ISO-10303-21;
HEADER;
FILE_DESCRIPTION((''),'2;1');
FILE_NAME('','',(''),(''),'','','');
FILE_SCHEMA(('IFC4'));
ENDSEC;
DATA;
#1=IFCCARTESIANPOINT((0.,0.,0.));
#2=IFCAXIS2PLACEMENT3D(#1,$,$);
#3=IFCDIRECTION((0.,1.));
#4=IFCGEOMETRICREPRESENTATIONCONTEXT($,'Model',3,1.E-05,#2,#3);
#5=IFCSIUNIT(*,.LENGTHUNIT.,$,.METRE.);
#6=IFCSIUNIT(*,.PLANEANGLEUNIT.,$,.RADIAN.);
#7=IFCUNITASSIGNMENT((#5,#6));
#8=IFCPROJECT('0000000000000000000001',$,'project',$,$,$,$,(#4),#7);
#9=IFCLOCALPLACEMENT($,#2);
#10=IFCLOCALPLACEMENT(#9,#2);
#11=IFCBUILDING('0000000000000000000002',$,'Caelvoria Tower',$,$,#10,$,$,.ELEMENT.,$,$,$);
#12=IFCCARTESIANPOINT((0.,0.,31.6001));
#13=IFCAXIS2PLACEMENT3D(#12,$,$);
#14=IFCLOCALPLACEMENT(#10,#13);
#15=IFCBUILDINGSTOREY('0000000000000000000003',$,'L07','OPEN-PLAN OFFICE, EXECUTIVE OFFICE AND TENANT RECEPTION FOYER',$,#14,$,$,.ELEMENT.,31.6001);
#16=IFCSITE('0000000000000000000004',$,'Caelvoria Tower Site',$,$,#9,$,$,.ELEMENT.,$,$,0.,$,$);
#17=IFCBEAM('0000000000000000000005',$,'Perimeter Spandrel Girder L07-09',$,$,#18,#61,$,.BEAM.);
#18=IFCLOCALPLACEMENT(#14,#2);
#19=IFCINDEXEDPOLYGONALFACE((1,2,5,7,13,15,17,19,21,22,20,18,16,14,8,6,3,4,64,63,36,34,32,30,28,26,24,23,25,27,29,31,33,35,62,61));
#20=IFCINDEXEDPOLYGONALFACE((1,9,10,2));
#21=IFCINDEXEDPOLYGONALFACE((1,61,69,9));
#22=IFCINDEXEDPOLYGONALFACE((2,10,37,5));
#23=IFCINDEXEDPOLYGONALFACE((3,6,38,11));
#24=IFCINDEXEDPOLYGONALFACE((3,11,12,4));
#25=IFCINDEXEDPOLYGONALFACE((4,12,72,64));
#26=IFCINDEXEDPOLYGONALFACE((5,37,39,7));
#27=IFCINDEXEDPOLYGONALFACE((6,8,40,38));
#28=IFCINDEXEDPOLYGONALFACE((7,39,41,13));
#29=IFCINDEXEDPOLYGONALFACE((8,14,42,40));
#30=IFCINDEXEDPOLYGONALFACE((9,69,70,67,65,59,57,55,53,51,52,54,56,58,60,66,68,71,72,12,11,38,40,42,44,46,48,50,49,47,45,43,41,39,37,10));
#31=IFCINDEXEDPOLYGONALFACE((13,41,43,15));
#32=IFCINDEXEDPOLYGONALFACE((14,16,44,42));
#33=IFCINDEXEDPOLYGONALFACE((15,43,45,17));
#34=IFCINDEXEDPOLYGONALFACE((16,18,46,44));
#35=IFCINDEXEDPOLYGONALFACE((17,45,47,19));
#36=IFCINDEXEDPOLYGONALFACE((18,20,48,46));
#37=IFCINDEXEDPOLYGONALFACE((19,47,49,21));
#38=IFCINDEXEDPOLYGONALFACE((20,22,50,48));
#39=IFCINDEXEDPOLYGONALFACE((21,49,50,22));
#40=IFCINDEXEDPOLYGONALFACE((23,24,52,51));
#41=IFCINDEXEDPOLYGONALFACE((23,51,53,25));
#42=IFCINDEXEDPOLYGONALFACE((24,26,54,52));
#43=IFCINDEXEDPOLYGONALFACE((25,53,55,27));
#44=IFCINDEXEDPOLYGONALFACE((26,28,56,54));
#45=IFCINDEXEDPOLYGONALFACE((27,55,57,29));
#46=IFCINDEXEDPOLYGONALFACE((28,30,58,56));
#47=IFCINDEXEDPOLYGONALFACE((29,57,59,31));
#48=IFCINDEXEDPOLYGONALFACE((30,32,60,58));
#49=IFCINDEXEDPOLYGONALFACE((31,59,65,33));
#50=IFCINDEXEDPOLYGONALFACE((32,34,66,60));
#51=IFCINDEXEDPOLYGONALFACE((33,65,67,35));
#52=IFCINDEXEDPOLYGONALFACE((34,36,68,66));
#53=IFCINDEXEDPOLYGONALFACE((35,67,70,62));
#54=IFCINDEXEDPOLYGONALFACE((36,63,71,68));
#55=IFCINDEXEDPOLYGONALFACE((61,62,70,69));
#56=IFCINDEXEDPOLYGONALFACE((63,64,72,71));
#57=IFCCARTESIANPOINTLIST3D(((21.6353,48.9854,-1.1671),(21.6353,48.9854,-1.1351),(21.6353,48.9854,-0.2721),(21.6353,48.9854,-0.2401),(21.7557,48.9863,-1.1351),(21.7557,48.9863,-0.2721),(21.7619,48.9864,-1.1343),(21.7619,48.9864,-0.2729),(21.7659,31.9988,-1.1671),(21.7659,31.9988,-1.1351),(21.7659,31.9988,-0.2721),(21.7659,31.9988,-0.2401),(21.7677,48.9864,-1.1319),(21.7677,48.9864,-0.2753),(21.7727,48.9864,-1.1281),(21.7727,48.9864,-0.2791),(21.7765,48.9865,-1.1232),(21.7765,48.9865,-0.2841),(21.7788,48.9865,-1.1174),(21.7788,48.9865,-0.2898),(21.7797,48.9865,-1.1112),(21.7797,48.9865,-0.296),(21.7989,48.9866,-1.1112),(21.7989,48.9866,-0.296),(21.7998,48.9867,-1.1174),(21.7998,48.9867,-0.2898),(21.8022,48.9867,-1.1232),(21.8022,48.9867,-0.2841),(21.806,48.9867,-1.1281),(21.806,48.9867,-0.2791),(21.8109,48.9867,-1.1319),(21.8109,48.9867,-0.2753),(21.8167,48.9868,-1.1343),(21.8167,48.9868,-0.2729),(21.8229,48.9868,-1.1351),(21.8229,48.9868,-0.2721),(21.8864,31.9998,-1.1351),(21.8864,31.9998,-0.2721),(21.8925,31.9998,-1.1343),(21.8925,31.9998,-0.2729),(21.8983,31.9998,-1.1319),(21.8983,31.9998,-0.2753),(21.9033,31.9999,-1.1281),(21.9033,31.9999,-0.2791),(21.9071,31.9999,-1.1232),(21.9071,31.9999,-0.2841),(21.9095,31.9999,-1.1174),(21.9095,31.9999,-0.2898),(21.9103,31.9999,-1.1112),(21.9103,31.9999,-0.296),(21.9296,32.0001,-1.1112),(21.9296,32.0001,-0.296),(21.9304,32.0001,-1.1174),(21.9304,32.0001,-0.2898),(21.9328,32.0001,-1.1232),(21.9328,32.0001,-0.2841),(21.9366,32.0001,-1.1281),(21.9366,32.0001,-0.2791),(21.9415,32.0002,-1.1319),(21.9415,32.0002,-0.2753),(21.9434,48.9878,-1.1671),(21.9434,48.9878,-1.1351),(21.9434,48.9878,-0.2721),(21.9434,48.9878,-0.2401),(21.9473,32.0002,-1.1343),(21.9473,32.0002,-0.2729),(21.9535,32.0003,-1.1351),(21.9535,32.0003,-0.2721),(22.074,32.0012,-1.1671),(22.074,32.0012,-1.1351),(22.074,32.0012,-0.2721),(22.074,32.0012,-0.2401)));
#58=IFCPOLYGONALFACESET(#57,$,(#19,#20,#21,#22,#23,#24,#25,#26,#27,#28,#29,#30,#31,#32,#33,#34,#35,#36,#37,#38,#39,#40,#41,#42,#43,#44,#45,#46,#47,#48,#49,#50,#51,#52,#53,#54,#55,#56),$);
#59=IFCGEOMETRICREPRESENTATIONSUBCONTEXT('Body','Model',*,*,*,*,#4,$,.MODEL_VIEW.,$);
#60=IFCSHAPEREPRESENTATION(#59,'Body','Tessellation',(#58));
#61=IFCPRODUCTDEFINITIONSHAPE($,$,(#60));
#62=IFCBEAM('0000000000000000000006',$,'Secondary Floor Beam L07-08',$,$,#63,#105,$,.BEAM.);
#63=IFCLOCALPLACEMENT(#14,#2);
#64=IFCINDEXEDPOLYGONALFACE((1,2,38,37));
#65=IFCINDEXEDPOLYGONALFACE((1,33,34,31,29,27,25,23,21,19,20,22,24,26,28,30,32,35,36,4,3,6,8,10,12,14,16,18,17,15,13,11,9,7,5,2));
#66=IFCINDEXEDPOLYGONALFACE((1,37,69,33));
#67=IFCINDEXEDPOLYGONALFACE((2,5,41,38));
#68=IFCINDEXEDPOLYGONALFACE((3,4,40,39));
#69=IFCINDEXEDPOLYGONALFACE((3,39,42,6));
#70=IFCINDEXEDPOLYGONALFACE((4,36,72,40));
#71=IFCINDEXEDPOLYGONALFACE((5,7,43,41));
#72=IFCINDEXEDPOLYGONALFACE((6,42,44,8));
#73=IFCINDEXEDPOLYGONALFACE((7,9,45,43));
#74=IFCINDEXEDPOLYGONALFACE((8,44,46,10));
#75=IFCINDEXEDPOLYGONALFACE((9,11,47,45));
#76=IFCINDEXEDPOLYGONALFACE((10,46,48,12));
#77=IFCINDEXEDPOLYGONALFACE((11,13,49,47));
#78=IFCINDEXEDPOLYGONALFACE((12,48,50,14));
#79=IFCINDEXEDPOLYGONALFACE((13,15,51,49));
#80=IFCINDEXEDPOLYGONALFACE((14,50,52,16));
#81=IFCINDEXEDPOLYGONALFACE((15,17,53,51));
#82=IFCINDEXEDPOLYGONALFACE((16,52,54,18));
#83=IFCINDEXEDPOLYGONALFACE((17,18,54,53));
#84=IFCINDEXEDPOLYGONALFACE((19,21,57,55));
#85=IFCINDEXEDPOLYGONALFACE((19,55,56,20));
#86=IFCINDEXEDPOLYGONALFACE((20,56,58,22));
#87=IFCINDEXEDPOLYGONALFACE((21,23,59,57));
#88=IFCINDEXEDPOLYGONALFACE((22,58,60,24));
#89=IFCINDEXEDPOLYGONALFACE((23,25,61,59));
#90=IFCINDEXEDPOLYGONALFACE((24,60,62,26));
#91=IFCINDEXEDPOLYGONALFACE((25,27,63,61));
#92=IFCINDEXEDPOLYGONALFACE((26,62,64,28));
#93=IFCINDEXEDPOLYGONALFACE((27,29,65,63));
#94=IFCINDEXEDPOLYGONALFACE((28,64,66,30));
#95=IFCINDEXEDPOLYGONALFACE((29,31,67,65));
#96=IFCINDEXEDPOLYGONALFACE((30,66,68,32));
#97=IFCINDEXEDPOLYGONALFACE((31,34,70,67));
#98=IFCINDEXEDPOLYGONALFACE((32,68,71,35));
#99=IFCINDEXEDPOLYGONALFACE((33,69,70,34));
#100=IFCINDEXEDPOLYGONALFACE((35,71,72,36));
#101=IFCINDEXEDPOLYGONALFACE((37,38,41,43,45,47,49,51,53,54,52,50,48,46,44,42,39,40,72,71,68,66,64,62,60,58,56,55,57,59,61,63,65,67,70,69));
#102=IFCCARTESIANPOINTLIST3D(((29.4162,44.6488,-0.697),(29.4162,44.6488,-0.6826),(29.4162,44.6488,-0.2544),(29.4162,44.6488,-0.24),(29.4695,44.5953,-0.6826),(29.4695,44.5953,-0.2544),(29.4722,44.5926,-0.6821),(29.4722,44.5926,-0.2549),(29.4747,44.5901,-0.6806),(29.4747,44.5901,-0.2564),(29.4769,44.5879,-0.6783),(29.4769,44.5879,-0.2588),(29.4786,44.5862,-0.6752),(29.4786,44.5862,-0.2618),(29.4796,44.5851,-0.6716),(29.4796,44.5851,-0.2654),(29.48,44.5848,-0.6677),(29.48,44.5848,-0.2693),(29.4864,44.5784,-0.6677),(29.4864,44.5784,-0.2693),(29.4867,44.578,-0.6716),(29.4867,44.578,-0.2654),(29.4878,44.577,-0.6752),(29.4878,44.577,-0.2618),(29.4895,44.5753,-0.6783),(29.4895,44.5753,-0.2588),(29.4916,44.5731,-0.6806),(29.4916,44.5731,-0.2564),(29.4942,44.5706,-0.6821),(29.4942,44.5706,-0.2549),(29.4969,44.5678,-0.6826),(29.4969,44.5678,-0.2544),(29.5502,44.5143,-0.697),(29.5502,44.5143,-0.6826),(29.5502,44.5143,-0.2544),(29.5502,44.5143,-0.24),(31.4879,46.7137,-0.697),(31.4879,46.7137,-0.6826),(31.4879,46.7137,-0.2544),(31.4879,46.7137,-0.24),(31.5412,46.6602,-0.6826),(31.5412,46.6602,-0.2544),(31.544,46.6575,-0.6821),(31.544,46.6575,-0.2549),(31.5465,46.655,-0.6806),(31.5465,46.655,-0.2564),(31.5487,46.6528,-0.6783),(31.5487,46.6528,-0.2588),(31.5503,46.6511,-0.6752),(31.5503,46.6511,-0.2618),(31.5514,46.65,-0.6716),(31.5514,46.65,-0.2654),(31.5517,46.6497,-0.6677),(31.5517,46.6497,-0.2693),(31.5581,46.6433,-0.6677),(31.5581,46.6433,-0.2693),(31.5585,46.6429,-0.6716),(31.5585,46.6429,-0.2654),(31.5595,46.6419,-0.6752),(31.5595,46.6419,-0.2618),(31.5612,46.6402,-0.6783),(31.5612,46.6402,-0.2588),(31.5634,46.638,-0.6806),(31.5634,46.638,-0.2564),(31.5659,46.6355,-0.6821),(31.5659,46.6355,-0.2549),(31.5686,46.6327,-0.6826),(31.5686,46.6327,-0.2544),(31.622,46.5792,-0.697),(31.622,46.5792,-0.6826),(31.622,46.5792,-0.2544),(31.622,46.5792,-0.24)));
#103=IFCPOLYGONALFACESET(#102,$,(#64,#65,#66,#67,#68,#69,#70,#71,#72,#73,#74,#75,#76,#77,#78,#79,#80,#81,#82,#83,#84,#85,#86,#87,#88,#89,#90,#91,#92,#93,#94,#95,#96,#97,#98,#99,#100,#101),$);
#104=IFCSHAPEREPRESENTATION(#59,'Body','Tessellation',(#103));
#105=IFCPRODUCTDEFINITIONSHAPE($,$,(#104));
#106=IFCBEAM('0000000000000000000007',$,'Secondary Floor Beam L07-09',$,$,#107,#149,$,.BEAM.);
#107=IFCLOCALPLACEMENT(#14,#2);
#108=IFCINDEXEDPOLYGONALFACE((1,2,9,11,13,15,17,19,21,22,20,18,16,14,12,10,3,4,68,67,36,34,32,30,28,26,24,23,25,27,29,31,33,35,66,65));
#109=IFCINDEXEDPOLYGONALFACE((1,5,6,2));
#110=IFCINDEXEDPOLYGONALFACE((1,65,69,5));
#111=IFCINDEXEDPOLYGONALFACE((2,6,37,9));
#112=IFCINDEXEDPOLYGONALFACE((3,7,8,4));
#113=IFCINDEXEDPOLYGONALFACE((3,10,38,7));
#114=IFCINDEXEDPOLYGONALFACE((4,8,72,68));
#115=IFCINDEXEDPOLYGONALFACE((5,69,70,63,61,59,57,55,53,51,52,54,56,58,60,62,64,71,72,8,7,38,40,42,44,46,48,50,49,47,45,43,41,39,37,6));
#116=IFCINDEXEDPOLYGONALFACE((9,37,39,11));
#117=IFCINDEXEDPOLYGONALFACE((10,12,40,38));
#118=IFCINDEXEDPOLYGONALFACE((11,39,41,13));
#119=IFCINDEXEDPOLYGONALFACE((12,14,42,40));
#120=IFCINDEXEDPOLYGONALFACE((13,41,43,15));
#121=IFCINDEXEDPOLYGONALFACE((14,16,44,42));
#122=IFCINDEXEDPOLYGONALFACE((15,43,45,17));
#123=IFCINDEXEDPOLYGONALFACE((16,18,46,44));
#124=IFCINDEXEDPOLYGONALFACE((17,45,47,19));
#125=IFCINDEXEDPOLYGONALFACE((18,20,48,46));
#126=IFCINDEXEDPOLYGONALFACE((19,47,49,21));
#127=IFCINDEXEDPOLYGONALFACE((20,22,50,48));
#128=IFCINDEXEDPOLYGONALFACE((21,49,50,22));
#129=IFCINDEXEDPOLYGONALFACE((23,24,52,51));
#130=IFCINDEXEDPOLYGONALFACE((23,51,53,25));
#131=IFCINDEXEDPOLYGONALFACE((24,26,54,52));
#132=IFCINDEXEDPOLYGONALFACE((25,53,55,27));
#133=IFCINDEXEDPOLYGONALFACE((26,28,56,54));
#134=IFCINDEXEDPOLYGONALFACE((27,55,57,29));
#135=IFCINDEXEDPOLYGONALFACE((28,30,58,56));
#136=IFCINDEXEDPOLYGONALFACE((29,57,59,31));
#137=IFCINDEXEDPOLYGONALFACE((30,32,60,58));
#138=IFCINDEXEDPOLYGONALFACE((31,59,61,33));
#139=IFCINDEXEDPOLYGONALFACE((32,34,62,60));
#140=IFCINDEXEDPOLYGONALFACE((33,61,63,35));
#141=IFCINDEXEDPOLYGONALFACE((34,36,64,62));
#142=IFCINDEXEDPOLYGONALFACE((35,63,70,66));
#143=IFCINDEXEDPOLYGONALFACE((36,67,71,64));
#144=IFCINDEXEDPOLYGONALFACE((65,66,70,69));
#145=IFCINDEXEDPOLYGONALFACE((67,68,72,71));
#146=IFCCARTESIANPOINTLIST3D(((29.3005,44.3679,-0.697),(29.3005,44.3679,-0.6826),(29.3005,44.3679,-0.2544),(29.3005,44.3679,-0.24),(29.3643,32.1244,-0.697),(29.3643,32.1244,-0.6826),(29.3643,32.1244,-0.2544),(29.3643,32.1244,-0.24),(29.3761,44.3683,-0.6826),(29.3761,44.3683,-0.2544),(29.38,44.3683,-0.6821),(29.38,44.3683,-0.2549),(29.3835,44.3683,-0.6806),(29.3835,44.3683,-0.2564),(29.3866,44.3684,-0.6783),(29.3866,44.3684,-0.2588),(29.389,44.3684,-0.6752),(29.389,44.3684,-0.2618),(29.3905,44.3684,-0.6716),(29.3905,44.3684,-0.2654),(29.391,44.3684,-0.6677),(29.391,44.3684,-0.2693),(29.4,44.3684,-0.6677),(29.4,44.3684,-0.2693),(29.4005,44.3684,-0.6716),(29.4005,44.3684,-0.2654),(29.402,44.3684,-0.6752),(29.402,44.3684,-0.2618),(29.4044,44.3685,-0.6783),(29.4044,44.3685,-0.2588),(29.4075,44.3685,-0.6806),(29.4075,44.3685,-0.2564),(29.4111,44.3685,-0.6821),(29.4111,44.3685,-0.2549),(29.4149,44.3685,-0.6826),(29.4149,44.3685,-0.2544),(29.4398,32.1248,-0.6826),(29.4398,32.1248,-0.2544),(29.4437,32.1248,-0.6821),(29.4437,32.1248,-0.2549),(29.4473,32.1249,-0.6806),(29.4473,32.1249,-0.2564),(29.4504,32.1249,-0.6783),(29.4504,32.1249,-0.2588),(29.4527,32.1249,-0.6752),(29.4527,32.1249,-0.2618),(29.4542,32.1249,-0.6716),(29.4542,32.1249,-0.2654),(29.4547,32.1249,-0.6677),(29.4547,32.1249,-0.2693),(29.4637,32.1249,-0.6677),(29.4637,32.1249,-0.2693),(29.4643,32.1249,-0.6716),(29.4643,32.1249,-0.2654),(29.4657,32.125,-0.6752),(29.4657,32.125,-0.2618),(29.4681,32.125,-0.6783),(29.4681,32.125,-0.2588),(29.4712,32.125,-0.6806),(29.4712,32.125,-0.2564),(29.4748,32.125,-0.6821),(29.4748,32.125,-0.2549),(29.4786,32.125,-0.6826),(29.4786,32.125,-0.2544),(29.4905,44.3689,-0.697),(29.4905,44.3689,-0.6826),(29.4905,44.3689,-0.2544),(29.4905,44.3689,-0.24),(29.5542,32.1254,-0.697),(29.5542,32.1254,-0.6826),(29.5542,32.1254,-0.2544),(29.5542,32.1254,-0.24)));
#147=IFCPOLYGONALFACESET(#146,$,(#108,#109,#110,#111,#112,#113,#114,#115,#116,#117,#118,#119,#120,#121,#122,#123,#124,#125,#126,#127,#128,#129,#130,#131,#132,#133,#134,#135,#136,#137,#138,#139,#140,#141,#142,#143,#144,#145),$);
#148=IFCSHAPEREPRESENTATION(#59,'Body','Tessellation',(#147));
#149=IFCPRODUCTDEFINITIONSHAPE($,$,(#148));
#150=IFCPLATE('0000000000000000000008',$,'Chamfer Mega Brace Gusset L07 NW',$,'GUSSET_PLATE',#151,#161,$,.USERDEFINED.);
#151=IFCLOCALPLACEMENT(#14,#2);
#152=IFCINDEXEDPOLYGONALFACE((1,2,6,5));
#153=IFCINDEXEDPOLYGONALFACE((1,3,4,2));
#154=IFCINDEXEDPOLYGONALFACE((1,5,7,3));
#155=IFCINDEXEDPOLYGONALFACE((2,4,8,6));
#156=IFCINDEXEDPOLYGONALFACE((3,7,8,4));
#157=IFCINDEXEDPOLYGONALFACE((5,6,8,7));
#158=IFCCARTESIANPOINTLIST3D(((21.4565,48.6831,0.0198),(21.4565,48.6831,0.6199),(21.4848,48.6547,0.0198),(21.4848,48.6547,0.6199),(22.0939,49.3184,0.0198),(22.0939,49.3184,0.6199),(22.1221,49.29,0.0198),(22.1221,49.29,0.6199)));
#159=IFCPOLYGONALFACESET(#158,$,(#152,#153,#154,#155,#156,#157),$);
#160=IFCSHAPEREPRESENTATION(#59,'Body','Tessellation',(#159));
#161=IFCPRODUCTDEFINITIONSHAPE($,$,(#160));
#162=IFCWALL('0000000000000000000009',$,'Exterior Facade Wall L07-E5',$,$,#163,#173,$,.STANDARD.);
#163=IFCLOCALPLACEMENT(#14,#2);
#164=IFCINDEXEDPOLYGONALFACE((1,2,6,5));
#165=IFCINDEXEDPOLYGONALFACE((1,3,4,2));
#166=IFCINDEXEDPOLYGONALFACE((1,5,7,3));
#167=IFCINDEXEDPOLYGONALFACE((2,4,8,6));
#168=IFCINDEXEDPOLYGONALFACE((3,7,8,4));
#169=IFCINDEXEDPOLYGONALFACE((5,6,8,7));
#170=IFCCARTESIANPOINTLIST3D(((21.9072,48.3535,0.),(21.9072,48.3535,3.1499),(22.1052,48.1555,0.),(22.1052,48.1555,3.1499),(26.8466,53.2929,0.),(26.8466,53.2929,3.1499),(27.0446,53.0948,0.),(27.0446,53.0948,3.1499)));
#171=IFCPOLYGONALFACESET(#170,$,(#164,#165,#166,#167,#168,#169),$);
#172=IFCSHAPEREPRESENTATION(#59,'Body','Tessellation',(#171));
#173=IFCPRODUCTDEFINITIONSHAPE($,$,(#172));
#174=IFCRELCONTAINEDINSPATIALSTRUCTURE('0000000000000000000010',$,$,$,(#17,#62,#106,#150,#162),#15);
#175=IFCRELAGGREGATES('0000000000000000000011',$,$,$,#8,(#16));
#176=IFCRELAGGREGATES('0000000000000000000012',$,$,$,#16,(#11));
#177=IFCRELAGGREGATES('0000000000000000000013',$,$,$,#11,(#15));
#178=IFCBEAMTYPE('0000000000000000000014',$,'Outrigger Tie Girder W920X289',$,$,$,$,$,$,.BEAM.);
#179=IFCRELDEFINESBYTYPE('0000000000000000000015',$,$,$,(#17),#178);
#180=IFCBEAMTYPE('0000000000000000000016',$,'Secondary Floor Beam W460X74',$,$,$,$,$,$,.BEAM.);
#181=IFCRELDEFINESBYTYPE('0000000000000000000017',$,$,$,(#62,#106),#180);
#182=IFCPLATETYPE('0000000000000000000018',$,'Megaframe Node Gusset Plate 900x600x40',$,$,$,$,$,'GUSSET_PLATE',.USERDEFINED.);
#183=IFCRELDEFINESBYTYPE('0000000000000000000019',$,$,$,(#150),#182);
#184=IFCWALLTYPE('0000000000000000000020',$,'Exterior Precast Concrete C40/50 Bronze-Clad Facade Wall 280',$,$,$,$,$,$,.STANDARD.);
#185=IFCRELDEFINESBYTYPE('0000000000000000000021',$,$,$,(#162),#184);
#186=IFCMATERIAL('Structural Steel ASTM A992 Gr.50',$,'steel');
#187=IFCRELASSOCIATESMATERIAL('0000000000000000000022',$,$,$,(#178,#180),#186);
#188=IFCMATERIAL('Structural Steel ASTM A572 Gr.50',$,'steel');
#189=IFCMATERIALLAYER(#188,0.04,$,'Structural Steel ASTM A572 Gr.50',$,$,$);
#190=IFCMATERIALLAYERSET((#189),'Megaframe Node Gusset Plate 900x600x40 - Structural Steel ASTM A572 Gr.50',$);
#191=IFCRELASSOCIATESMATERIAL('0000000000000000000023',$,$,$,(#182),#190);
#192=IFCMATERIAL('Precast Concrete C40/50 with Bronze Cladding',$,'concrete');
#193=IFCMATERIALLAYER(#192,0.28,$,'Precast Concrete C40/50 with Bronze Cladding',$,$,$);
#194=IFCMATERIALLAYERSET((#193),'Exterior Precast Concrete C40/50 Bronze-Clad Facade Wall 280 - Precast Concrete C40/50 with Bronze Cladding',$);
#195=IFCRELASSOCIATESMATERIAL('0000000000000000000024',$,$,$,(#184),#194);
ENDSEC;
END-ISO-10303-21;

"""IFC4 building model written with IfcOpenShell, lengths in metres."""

from ifc_helpers import new_model, si_unit, direction, frame, frame_2d, origin, origin_2d, place, context, subcontext, project, spatial, rectangle, i_section, extrude, material, layer, layer_set, material_profile, profile_set, type_object, element, save


model = new_model("IFC4")

# Units and contexts
model_context = context("Model", 3, precision=1e-05, world=origin(), true_north=direction((0.0, 1.0)))
body_context = subcontext(model_context, "Body", "Model", "MODEL_VIEW")
ifc_project = project(units=[si_unit("LENGTHUNIT", "METRE"), si_unit("PLANEANGLEUNIT", "RADIAN")], contexts=[model_context])

# Site, building, storey
site_placement = place(None, origin())
site = spatial("IfcSite", under=ifc_project, at=site_placement, Name="Caelvoria Tower Site", CompositionType="ELEMENT", RefElevation=0.0)
building_placement = place(site_placement, origin())
building = spatial("IfcBuilding", under=site, at=building_placement, Name="Caelvoria Tower", CompositionType="ELEMENT")
storey_placement = place(building_placement, frame((0.0, 0.0, 31.6001)))
storey = spatial("IfcBuildingStorey", under=building, at=storey_placement, Name="L07", Description="OPEN-PLAN OFFICE, EXECUTIVE OFFICE AND TENANT RECEPTION FOYER", CompositionType="ELEMENT", Elevation=31.6001)

# Shared definitions
ifc_material_1 = material(Name="Structural Steel ASTM A572 Gr.50", Category="steel")

# Beams
ifc_material_2 = material(Name="Structural Steel ASTM A992 Gr.50", Category="steel")
ifc_material_profile_1 = material_profile(ifc_material_2, i_section(OverallWidth=0.3081, OverallDepth=0.927, WebThickness=0.0193, FlangeThickness=0.032, FilletRadius=0.0239, at=origin_2d()), Name="Structural Steel ASTM A992 Gr.50")
ifc_profile_set_1 = profile_set([ifc_material_profile_1], Name="W920X289 - Structural Steel ASTM A992 Gr.50")
beam_type_1 = type_object("IfcBeamType", Name="Outrigger Tie Girder W920X289", PredefinedType="BEAM", material=ifc_profile_set_1)
beam_1_placement = place(storey_placement, frame((21.7893, 48.9866, -0.7036), z_axis=(0.007689, -0.99997, 0.0), x_axis=(0.99997, 0.007689, 0.0)))
element("IfcBeam", 1, at=beam_1_placement, inside=storey, type_object=beam_type_1, Name="Perimeter Spandrel Girder L07-09", PredefinedType="BEAM", context=body_context, shape_type="SweptSolid", body=[
    extrude(i_section(OverallWidth=0.3081, OverallDepth=0.927, WebThickness=0.0193, FlangeThickness=0.032, FilletRadius=0.0239, at=origin_2d()), origin(), (0.0, 0.0, 1.0), 16.9871),
])
ifc_material_profile_2 = material_profile(ifc_material_2, i_section(OverallWidth=0.1899, OverallDepth=0.457, WebThickness=0.009, FlangeThickness=0.0144, FilletRadius=0.0149, at=origin_2d()), Name="Structural Steel ASTM A992 Gr.50")
ifc_profile_set_2 = profile_set([ifc_material_profile_2], Name="W460X74 - Structural Steel ASTM A992 Gr.50")
beam_type_2 = type_object("IfcBeamType", Name="Secondary Floor Beam W460X74", PredefinedType="BEAM", material=ifc_profile_set_2)
beam_2_placement = place(storey_placement, frame((31.5549, 46.6465, -0.4685), z_axis=(-0.708274, -0.705937, 0.0), x_axis=(0.705937, -0.708274, 0.0)))
element("IfcBeam", 2, at=beam_2_placement, inside=storey, type_object=beam_type_2, Name="Secondary Floor Beam L07-08", PredefinedType="BEAM", context=body_context, shape_type="SweptSolid", body=[
    extrude(i_section(OverallWidth=0.1899, OverallDepth=0.457, WebThickness=0.009, FlangeThickness=0.0144, FilletRadius=0.0149, at=origin_2d()), origin(), (0.0, 0.0, 1.0), 2.925),
])
beam_3_placement = place(storey_placement, frame((29.3955, 44.3684, -0.4685), z_axis=(0.005204, -0.999986, 0.0), x_axis=(0.999986, 0.005204, 0.0)))
element("IfcBeam", 3, at=beam_3_placement, inside=storey, type_object=beam_type_2, Name="Secondary Floor Beam L07-09", PredefinedType="BEAM", context=body_context, shape_type="SweptSolid", body=[
    extrude(i_section(OverallWidth=0.1899, OverallDepth=0.457, WebThickness=0.009, FlangeThickness=0.0144, FilletRadius=0.0149, at=origin_2d()), origin(), (0.0, 0.0, 1.0), 12.2437),
])

# Plate
ifc_layer_1 = layer(ifc_material_1, 0.04, Name="Structural Steel ASTM A572 Gr.50")
ifc_layer_set_1 = layer_set([ifc_layer_1], Name="Megaframe Node Gusset Plate 900x600x40 - Structural Steel ASTM A572 Gr.50")
plate_type = type_object("IfcPlateType", Name="Megaframe Node Gusset Plate 900x600x40", ElementType="GUSSET_PLATE", PredefinedType="USERDEFINED", material=ifc_layer_set_1)
plate_placement = place(storey_placement, frame((21.7893, 48.9866, 0.0198), z_axis=(0.0, 0.0, 1.0), x_axis=(0.708247, 0.705964, 0.0)))
element("IfcPlate", 4, at=plate_placement, inside=storey, type_object=plate_type, Name="Chamfer Mega Brace Gusset L07 NW", ObjectType="GUSSET_PLATE", PredefinedType="USERDEFINED", context=body_context, shape_type="SweptSolid", body=[
    extrude(rectangle(XDim=0.8999, YDim=0.04, at=origin_2d()), origin(), (0.0, 0.0, 1.0), 0.6001),
])

# Wall
ifc_material_3 = material(Name="Precast Concrete C40/50 with Bronze Cladding", Category="concrete")
ifc_layer_2 = layer(ifc_material_3, 0.28, Name="Precast Concrete C40/50 with Bronze Cladding")
ifc_layer_set_2 = layer_set([ifc_layer_2], Name="Exterior Precast Concrete C40/50 Bronze-Clad Facade Wall 280 - Precast Concrete C40/50 with Bronze Cladding")
wall_type = type_object("IfcWallType", Name="Exterior Precast Concrete C40/50 Bronze-Clad Facade Wall 280", PredefinedType="STANDARD", material=ifc_layer_set_2)
wall_1_placement = place(storey_placement, frame((26.9456, 53.1938, 0.0), z_axis=(0.0, 0.0, 1.0), x_axis=(-0.707107, -0.707107, 0.0)))
element("IfcWall", 5, at=wall_1_placement, inside=storey, type_object=wall_type, Name="Exterior Facade Wall L07-E5", PredefinedType="STANDARD", context=body_context, shape_type="SweptSolid", body=[
    extrude(rectangle(XDim=6.9854, YDim=0.28, at=frame_2d((3.4927, 0.0))), origin(), (0.0, 0.0, 1.0), 3.1499),
])

save(model, "model.ifc")
